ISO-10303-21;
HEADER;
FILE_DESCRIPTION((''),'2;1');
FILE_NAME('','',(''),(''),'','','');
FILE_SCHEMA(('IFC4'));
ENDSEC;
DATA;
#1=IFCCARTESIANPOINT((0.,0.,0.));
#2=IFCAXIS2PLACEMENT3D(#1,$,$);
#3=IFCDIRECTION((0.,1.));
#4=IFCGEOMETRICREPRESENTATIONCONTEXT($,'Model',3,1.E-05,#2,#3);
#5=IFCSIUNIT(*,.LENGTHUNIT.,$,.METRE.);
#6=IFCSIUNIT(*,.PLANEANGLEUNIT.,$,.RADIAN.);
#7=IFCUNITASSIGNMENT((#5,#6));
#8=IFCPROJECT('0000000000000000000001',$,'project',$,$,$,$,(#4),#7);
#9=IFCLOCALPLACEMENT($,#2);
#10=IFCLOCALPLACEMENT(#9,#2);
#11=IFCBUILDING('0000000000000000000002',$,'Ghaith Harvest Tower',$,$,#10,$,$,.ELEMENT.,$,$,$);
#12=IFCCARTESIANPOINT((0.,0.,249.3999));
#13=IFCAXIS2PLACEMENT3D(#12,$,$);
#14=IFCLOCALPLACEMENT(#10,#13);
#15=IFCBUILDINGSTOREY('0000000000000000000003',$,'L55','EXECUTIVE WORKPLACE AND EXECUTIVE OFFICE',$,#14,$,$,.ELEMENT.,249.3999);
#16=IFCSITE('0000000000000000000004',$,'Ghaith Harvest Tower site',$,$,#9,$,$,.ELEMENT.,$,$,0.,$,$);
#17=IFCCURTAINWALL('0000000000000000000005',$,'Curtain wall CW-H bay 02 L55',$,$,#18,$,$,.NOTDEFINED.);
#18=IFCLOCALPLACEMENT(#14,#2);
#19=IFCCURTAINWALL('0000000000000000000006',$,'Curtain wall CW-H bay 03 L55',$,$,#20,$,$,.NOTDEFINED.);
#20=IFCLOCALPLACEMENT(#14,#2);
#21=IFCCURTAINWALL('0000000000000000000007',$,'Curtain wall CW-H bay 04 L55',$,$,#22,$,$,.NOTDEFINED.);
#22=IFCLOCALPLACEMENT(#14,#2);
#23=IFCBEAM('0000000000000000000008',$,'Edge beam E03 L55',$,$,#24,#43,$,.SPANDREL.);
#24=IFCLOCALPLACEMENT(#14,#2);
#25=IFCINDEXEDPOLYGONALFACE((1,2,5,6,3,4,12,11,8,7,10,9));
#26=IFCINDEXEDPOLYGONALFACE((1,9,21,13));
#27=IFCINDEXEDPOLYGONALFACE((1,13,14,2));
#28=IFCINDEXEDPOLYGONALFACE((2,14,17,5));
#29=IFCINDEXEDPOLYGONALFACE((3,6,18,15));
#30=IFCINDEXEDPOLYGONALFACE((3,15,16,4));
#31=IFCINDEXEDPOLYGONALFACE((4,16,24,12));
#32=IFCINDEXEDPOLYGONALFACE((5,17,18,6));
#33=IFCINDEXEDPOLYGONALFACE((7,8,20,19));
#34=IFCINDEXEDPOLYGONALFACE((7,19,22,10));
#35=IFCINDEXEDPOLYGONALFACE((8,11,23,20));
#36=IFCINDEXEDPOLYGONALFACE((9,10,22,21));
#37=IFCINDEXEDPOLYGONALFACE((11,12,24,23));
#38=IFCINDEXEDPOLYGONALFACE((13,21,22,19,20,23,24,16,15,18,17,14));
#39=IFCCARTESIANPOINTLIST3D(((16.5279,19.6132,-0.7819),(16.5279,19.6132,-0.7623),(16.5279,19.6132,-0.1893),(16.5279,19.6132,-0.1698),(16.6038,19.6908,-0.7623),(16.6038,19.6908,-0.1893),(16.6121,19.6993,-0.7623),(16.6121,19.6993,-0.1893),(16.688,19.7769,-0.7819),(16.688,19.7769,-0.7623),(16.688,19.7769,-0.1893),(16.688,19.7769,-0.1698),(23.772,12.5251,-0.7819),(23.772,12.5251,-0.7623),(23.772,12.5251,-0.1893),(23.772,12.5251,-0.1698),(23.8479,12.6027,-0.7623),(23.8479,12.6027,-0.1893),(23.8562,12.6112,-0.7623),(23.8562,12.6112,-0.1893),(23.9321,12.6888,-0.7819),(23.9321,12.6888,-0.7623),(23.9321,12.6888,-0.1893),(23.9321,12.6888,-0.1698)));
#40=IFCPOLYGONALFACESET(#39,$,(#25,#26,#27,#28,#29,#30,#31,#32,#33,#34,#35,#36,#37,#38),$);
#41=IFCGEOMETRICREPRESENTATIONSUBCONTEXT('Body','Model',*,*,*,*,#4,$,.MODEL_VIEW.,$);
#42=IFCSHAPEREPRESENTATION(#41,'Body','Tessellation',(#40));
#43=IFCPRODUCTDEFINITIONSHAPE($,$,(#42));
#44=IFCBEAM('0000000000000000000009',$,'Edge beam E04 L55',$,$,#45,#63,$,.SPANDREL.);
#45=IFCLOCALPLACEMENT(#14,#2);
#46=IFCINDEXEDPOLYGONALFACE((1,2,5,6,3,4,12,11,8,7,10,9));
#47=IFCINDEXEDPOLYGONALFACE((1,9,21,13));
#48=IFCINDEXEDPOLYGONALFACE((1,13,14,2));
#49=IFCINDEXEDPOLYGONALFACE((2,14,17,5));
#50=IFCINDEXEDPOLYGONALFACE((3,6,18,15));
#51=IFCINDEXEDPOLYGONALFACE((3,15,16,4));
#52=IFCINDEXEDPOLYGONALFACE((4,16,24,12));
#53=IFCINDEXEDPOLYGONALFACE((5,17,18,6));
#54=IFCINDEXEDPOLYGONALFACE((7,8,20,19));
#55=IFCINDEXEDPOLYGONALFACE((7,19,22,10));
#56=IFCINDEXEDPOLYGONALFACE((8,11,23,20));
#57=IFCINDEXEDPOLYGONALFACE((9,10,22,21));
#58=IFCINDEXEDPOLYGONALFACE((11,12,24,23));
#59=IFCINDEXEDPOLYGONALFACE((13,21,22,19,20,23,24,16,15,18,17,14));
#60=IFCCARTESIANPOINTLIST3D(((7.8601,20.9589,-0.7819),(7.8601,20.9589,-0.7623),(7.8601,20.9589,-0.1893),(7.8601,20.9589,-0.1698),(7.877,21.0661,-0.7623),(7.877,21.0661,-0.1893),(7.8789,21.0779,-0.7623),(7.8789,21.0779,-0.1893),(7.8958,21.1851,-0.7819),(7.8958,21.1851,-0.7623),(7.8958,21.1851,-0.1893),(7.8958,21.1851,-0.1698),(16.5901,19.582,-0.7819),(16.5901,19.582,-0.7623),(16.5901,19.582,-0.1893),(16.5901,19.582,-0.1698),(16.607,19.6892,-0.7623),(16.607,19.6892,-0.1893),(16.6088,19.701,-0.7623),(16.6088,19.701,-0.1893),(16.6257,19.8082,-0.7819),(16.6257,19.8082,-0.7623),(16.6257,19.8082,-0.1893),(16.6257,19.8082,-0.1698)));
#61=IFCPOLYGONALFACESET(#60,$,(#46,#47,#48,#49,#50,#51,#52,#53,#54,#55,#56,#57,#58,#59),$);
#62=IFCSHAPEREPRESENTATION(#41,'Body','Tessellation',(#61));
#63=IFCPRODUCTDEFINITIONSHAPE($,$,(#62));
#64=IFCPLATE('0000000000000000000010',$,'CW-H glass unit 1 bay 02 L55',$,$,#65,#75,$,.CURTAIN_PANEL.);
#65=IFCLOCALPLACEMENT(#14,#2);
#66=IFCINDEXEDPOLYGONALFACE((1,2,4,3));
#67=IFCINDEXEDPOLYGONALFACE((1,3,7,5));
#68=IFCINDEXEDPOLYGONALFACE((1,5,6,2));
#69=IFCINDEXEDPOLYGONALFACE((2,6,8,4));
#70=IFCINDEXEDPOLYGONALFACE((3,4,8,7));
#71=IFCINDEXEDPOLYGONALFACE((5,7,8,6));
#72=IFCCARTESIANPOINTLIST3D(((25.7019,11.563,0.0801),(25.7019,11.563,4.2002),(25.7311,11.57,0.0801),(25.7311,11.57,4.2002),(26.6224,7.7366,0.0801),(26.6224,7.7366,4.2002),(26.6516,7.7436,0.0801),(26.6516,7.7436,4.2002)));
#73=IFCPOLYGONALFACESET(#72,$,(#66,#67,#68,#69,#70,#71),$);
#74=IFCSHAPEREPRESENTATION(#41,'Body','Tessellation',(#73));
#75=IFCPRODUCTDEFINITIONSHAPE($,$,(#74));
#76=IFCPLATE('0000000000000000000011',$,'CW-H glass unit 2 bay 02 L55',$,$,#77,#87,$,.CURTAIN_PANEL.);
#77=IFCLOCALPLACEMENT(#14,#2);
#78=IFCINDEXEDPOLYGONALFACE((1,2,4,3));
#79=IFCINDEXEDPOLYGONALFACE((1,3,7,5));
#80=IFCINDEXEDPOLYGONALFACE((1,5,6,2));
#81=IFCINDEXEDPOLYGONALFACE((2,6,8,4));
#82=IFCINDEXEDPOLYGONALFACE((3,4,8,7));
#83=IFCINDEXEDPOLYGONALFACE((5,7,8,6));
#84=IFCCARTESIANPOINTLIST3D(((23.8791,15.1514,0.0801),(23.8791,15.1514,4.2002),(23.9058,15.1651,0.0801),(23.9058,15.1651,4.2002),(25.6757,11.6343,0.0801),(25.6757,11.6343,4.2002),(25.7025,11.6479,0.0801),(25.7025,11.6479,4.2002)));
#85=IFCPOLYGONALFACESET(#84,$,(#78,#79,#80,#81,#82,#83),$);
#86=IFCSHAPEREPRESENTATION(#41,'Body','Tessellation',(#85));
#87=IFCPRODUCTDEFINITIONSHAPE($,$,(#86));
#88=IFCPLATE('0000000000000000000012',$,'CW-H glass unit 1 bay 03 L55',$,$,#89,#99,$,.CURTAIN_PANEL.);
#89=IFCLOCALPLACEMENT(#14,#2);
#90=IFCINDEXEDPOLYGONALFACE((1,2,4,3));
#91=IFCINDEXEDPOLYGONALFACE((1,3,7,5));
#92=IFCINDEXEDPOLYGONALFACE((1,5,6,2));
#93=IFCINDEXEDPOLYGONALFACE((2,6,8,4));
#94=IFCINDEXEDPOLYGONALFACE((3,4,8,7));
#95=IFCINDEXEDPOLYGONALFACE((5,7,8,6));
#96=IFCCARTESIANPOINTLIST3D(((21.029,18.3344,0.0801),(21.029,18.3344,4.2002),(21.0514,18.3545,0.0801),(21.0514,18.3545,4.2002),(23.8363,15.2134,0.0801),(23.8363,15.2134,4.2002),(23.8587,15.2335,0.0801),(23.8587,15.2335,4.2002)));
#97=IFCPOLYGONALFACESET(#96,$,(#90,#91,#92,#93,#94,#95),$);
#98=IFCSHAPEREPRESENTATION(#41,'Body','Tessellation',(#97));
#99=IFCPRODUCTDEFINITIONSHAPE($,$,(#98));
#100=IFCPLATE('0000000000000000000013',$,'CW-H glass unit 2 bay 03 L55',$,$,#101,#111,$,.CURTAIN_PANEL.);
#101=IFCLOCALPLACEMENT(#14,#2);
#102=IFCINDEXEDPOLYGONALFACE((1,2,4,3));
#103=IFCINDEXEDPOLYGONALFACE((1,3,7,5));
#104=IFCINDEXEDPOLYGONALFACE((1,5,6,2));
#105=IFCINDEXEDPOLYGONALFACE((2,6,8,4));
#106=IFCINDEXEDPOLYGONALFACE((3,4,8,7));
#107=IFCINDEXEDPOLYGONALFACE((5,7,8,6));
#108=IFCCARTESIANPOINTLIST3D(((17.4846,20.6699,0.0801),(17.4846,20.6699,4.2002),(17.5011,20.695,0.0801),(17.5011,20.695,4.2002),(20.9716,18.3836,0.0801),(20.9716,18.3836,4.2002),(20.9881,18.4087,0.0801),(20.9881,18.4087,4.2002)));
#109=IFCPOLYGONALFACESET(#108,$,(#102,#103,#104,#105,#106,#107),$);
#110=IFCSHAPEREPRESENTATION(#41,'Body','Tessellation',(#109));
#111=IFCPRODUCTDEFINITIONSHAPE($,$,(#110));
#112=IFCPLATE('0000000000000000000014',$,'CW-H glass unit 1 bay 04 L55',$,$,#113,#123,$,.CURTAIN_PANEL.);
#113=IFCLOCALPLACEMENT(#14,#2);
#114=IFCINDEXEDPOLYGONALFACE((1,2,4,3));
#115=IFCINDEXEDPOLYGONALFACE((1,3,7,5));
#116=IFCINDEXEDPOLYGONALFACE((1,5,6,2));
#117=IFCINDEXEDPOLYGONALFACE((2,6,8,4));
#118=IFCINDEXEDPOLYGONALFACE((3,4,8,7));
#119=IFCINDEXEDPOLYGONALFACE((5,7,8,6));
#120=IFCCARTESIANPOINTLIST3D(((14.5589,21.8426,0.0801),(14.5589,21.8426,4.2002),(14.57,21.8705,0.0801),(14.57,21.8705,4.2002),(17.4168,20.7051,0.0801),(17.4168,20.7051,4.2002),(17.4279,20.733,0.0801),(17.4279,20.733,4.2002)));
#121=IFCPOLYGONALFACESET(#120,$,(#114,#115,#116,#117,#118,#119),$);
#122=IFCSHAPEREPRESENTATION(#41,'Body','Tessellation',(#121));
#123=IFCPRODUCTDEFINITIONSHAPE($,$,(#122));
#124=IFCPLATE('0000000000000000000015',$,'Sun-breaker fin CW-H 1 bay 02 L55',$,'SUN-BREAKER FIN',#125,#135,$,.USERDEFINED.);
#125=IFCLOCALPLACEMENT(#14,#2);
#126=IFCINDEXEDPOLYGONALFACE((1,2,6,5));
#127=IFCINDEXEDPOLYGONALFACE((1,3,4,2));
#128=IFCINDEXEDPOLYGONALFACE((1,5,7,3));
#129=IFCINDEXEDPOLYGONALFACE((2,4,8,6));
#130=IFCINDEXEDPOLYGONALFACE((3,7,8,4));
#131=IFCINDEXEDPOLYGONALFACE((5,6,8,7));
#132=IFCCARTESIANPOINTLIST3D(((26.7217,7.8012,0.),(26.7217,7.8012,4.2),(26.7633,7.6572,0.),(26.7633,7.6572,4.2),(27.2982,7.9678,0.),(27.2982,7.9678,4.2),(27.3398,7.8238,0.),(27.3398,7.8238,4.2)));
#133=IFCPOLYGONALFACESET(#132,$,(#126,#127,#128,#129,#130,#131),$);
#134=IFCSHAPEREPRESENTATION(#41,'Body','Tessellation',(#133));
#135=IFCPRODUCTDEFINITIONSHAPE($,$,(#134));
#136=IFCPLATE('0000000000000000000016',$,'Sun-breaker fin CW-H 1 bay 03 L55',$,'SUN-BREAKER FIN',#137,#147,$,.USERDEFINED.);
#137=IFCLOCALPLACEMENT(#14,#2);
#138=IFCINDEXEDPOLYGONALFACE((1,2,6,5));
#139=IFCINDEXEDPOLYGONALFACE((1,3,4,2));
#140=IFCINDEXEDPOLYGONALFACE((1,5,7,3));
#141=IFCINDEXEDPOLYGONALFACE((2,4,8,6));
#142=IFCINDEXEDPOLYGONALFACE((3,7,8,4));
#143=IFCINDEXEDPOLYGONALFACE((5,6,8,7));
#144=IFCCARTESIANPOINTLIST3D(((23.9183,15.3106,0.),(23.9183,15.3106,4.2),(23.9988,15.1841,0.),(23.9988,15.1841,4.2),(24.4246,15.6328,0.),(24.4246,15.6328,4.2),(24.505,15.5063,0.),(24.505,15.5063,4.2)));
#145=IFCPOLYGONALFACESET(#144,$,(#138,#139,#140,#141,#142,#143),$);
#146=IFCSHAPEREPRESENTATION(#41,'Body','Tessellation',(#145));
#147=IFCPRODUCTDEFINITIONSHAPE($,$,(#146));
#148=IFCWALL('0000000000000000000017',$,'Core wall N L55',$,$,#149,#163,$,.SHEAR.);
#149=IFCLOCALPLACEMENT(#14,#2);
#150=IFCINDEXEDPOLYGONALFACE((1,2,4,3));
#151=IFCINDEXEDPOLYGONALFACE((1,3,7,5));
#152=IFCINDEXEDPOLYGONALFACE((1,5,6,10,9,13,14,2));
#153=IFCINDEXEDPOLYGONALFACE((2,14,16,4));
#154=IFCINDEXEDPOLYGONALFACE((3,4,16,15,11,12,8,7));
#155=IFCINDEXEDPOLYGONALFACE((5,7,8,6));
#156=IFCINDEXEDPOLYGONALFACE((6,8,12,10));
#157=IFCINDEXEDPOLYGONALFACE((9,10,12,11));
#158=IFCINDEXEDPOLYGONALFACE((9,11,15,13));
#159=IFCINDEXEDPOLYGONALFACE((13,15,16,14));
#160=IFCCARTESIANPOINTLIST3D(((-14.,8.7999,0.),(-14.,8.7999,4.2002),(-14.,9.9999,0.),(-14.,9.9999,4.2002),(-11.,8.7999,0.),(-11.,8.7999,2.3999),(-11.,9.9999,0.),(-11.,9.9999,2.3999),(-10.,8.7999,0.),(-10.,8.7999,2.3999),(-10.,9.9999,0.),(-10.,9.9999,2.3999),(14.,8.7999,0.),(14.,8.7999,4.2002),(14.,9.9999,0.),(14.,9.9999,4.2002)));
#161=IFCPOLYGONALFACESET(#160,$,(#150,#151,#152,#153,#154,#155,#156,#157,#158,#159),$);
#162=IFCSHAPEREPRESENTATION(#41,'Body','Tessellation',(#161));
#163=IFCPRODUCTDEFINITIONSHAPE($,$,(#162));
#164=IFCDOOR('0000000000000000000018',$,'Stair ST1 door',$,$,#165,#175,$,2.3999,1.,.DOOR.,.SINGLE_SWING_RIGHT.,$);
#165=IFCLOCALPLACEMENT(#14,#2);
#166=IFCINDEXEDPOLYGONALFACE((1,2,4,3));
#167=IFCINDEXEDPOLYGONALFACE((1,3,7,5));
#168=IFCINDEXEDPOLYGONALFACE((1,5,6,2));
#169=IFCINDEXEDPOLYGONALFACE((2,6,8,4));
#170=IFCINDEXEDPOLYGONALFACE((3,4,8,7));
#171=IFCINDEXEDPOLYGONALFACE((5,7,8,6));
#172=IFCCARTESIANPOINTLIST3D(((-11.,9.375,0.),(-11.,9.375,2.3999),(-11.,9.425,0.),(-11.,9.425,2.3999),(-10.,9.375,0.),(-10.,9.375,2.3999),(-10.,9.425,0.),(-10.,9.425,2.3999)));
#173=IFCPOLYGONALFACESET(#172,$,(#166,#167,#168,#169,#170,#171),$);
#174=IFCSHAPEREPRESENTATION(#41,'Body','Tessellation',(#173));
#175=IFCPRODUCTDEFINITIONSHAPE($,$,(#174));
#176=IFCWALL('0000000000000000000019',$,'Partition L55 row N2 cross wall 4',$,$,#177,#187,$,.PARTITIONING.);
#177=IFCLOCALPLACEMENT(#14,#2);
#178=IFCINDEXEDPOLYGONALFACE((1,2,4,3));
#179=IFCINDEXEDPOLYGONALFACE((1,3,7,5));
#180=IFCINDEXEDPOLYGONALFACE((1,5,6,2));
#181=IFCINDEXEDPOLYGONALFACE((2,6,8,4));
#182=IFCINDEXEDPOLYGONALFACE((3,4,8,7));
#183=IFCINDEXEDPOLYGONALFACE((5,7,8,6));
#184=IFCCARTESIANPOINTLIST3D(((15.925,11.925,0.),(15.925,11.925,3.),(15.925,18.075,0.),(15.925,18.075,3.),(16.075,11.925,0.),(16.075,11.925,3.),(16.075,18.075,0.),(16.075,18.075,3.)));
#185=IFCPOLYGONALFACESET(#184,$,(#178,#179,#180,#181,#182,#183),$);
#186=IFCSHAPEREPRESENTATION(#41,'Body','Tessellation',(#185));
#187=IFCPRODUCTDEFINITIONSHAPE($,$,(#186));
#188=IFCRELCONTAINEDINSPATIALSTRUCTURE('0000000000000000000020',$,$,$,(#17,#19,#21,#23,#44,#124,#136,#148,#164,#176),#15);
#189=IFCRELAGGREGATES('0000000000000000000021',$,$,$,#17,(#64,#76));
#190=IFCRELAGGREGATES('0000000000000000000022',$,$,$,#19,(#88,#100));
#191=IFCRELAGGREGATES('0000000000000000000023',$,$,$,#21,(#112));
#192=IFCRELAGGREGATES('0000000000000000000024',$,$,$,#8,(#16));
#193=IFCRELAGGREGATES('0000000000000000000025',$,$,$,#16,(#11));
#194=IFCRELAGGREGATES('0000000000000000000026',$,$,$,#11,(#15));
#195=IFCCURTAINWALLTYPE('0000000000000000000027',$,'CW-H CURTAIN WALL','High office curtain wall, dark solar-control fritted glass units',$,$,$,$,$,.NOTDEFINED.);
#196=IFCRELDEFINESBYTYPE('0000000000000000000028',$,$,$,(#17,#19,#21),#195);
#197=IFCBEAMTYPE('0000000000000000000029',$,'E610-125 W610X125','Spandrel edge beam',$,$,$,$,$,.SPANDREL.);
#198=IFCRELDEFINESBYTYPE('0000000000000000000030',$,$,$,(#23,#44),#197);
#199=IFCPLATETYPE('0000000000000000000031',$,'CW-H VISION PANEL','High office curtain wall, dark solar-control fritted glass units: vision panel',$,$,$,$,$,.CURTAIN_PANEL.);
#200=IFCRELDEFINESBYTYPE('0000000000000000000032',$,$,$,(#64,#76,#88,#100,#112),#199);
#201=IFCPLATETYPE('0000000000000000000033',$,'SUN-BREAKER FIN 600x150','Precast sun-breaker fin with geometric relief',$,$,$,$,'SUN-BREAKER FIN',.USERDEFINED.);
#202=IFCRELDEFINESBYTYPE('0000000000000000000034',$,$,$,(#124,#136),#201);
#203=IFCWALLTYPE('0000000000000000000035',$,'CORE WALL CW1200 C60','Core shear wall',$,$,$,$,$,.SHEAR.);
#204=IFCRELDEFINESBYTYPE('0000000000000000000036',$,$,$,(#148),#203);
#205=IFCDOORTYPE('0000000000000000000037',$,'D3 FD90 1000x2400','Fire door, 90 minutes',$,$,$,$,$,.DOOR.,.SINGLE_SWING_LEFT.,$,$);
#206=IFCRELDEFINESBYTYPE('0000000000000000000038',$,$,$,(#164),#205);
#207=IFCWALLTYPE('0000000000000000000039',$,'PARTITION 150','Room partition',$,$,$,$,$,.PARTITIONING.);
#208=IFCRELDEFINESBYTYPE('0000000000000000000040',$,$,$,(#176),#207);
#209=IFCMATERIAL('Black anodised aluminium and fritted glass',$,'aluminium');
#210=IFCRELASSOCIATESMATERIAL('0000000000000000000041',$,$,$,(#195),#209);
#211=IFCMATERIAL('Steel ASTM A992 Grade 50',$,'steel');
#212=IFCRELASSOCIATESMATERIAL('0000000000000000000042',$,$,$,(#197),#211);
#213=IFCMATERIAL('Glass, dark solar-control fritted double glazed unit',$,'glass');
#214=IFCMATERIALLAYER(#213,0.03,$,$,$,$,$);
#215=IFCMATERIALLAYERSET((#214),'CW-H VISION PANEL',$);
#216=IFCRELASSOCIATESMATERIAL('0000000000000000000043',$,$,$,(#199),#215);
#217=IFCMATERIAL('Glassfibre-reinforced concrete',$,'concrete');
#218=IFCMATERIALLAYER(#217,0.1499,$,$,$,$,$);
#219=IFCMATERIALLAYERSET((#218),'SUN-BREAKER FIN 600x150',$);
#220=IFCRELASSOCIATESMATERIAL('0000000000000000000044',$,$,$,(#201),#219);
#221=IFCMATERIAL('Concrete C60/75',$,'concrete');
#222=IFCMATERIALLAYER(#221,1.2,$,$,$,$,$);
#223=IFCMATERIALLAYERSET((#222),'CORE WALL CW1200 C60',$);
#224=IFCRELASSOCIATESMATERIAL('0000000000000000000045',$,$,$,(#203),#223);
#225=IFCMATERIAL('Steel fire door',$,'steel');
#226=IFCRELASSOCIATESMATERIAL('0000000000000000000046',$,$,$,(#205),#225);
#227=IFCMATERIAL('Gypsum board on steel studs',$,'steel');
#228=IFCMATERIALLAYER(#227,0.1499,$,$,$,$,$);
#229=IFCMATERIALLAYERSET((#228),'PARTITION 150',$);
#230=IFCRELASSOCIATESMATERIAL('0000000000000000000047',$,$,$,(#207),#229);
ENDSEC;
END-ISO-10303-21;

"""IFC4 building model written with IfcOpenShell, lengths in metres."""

from ifc_helpers import new_model, si_unit, direction, frame, frame_2d, origin, origin_2d, place, context, subcontext, project, spatial, rectangle, i_section, extrude, material, layer, layer_set, material_profile, profile_set, type_object, element, fill, aggregate, save


model = new_model("IFC4")

# Units and contexts
model_context = context("Model", 3, precision=1e-05, world=origin(), true_north=direction((0.0, 1.0)))
body_context = subcontext(model_context, "Body", "Model", "MODEL_VIEW")
ifc_project = project(units=[si_unit("LENGTHUNIT", "METRE"), si_unit("PLANEANGLEUNIT", "RADIAN")], contexts=[model_context])

# Site, building, storey
site_placement = place(None, origin())
site = spatial("IfcSite", under=ifc_project, at=site_placement, Name="Ghaith Harvest Tower site", CompositionType="ELEMENT", RefElevation=0.0)
building_placement = place(site_placement, origin())
building = spatial("IfcBuilding", under=site, at=building_placement, Name="Ghaith Harvest Tower", CompositionType="ELEMENT")
storey_placement = place(building_placement, frame((0.0, 0.0, 249.3999)))
storey = spatial("IfcBuildingStorey", under=building, at=storey_placement, Name="L55", Description="EXECUTIVE WORKPLACE AND EXECUTIVE OFFICE", CompositionType="ELEMENT", Elevation=249.3999)

# Curtain wall
ifc_material_1 = material(Name="Black anodised aluminium and fritted glass", Category="aluminium")
curtain_wall_type = type_object("IfcCurtainWallType", Name="CW-H CURTAIN WALL", Description="High office curtain wall, dark solar-control fritted glass units", PredefinedType="NOTDEFINED", material=ifc_material_1)
curtain_wall_1_placement = place(storey_placement, origin())
curtain_wall_1 = element("IfcCurtainWall", 1, at=curtain_wall_1_placement, inside=storey, type_object=curtain_wall_type, Name="Curtain wall CW-H bay 02 L55", PredefinedType="NOTDEFINED")

# Curtain walls
curtain_wall_2_placement = place(storey_placement, origin())
curtain_wall_2 = element("IfcCurtainWall", 2, at=curtain_wall_2_placement, inside=storey, type_object=curtain_wall_type, Name="Curtain wall CW-H bay 03 L55", PredefinedType="NOTDEFINED")
curtain_wall_3_placement = place(storey_placement, origin())
curtain_wall_3 = element("IfcCurtainWall", 3, at=curtain_wall_3_placement, inside=storey, type_object=curtain_wall_type, Name="Curtain wall CW-H bay 04 L55", PredefinedType="NOTDEFINED")

# Beams
ifc_material_2 = material(Name="Steel ASTM A992 Grade 50", Category="steel")
ifc_material_profile_1 = material_profile(ifc_material_2, i_section(OverallWidth=0.229, OverallDepth=0.6121, WebThickness=0.012, FlangeThickness=0.0195, at=origin_2d()), Name="W610X125")
ifc_profile_set_1 = profile_set([ifc_material_profile_1], Name="Steel ASTM A992 Grade 50")
beam_type = type_object("IfcBeamType", Name="E610-125 W610X125", Description="Spandrel edge beam", PredefinedType="SPANDREL", material=ifc_profile_set_1)
beam_1_placement = place(storey_placement, frame((23.8521, 12.6069, -0.4758), z_axis=(-0.714761, 0.699369, 0.0), x_axis=(-0.699369, -0.714761, 0.0)))
element("IfcBeam", 4, at=beam_1_placement, inside=storey, type_object=beam_type, Name="Edge beam E03 L55", PredefinedType="SPANDREL", context=body_context, shape_type="SweptSolid", body=[
    extrude(i_section(OverallWidth=0.229, OverallDepth=0.6121, WebThickness=0.012, FlangeThickness=0.0195, at=origin_2d()), origin(), (0.0, 0.0, 1.0), 10.135),
])
beam_2_placement = place(storey_placement, frame((16.6079, 19.6951, -0.4758), z_axis=(-0.987788, 0.155801, 0.0), x_axis=(-0.155801, -0.987788, 0.0)))
element("IfcBeam", 5, at=beam_2_placement, inside=storey, type_object=beam_type, Name="Edge beam E04 L55", PredefinedType="SPANDREL", context=body_context, shape_type="SweptSolid", body=[
    extrude(i_section(OverallWidth=0.229, OverallDepth=0.6121, WebThickness=0.012, FlangeThickness=0.0195, at=origin_2d()), origin(), (0.0, 0.0, 1.0), 8.8379),
])

# Plates
ifc_material_3 = material(Name="Glass, dark solar-control fritted double glazed unit", Category="glass")
ifc_layer_1 = layer(ifc_material_3, 0.03)
ifc_layer_set_1 = layer_set([ifc_layer_1], Name="CW-H VISION PANEL")
plate_type_1 = type_object("IfcPlateType", Name="CW-H VISION PANEL", Description="High office curtain wall, dark solar-control fritted glass units: vision panel", PredefinedType="CURTAIN_PANEL", material=ifc_layer_set_1)
plate_1_placement = place(storey_placement, frame((26.1768, 9.6533, 0.0801), z_axis=(0.0, 0.0, 1.0), x_axis=(-0.233894, 0.972262, 0.0)))
plate_1 = element("IfcPlate", 6, at=plate_1_placement, type_object=plate_type_1, Name="CW-H glass unit 1 bay 02 L55", PredefinedType="CURTAIN_PANEL", context=body_context, shape_type="SweptSolid", body=[
    extrude(rectangle(XDim=3.9355, YDim=0.03, at=origin_2d()), origin(), (0.0, 0.0, 1.0), 4.1201),
])
plate_2_placement = place(storey_placement, frame((24.7908, 13.3997, 0.0801), z_axis=(0.0, 0.0, 1.0), x_axis=(-0.454915, 0.890535, 0.0)))
plate_2 = element("IfcPlate", 7, at=plate_2_placement, type_object=plate_type_1, Name="CW-H glass unit 2 bay 02 L55", PredefinedType="CURTAIN_PANEL", context=body_context, shape_type="SweptSolid", body=[
    extrude(rectangle(XDim=3.9495, YDim=0.03, at=origin_2d()), origin(), (0.0, 0.0, 1.0), 4.1201),
])
aggregate(curtain_wall_1, [plate_1, plate_2])
plate_3_placement = place(storey_placement, frame((22.4438, 16.7839, 0.0801), z_axis=(0.0, 0.0, 1.0), x_axis=(-0.668758, 0.74348, 0.0)))
plate_3 = element("IfcPlate", 8, at=plate_3_placement, type_object=plate_type_1, Name="CW-H glass unit 1 bay 03 L55", PredefinedType="CURTAIN_PANEL", context=body_context, shape_type="SweptSolid", body=[
    extrude(rectangle(XDim=4.1978, YDim=0.03, at=origin_2d()), origin(), (0.0, 0.0, 1.0), 4.1201),
])
plate_4_placement = place(storey_placement, frame((19.2363, 19.5393, 0.0801), z_axis=(0.0, 0.0, 1.0), x_axis=(-0.836277, 0.548308, 0.0)))
plate_4 = element("IfcPlate", 9, at=plate_4_placement, type_object=plate_type_1, Name="CW-H glass unit 2 bay 03 L55", PredefinedType="CURTAIN_PANEL", context=body_context, shape_type="SweptSolid", body=[
    extrude(rectangle(XDim=4.1697, YDim=0.03, at=origin_2d()), origin(), (0.0, 0.0, 1.0), 4.1201),
])
aggregate(curtain_wall_2, [plate_3, plate_4])
plate_5_placement = place(storey_placement, frame((15.9934, 21.2878, 0.0801), z_axis=(0.0, 0.0, 1.0), x_axis=(-0.929107, 0.36981, 0.0)))
plate_5 = element("IfcPlate", 10, at=plate_5_placement, type_object=plate_type_1, Name="CW-H glass unit 1 bay 04 L55", PredefinedType="CURTAIN_PANEL", context=body_context, shape_type="SweptSolid", body=[
    extrude(rectangle(XDim=3.0759, YDim=0.03, at=origin_2d()), origin(), (0.0, 0.0, 1.0), 4.1201),
])
aggregate(curtain_wall_3, [plate_5])

# Plates
ifc_material_4 = material(Name="Glassfibre-reinforced concrete", Category="concrete")
ifc_layer_2 = layer(ifc_material_4, 0.1499)
ifc_layer_set_2 = layer_set([ifc_layer_2], Name="SUN-BREAKER FIN 600x150")
plate_type_2 = type_object("IfcPlateType", Name="SUN-BREAKER FIN 600x150", Description="Precast sun-breaker fin with geometric relief", ElementType="SUN-BREAKER FIN", PredefinedType="USERDEFINED", material=ifc_layer_set_2)
for number, where, z_axis, x_axis, name in (
    (11, (27.0308, 7.8125, 0.0), (0.0, 0.0, 1.0), (0.96068, 0.277657, 0.0), "Sun-breaker fin CW-H 1 bay 02 L55"),
    (12, (24.2117, 15.4084, 0.0), (0.0, 0.0, 1.0), (0.843644, 0.536903, 0.0), "Sun-breaker fin CW-H 1 bay 03 L55"),
):
    element("IfcPlate", number, at=place(storey_placement, frame(where, z_axis=z_axis, x_axis=x_axis)), inside=storey, type_object=plate_type_2, Name=name, ObjectType="SUN-BREAKER FIN", PredefinedType="USERDEFINED", context=body_context, shape_type="SweptSolid", body=[
        extrude(rectangle(XDim=0.6001, YDim=0.1499, at=origin_2d()), origin(), (0.0, 0.0, 1.0), 4.2),
    ])

# Wall, opening, door
ifc_material_5 = material(Name="Concrete C60/75", Category="concrete")
ifc_layer_3 = layer(ifc_material_5, 1.2)
ifc_layer_set_3 = layer_set([ifc_layer_3], Name="CORE WALL CW1200 C60")
wall_type_1 = type_object("IfcWallType", Name="CORE WALL CW1200 C60", Description="Core shear wall", PredefinedType="SHEAR", material=ifc_layer_set_3)
wall_1_placement = place(storey_placement, frame((14.0, 9.3999, 0.0), z_axis=(0.0, 0.0, 1.0), x_axis=(-1.0, 0.0, 0.0)))
wall_1 = element("IfcWall", 13, at=wall_1_placement, inside=storey, type_object=wall_type_1, Name="Core wall N L55", PredefinedType="SHEAR", context=body_context, shape_type="SweptSolid", body=[
    extrude(rectangle(XDim=28.0, YDim=1.2, at=frame_2d((14.0, 0.0))), origin(), (0.0, 0.0, 1.0), 4.2002),
])
opening_placement = place(wall_1_placement, frame((24.0, 0.0, 0.0)))
opening = element("IfcOpeningElement", 14, at=opening_placement, cuts=wall_1, PredefinedType="OPENING", context=body_context, shape_type="SweptSolid", body=[
    extrude(rectangle(XDim=1.0, YDim=2.3999, at=frame_2d((0.5, 1.2))), frame((0.0, 0.6099, 0.0), z_axis=(0.0, -1.0, 0.0), x_axis=(1.0, 0.0, 0.0)), (0.0, 0.0, 1.0), 1.22),
])
ifc_material_6 = material(Name="Steel fire door", Category="steel")
door_type = type_object("IfcDoorType", Name="D3 FD90 1000x2400", Description="Fire door, 90 minutes", OperationType="SINGLE_SWING_LEFT", PredefinedType="DOOR", material=ifc_material_6)
door_placement = place(opening_placement, origin())
door = element("IfcDoor", 15, at=door_placement, inside=storey, type_object=door_type, Name="Stair ST1 door", OperationType="SINGLE_SWING_RIGHT", OverallHeight=2.3999, OverallWidth=1.0, PredefinedType="DOOR", context=body_context, shape_type="SweptSolid", body=[
    extrude(rectangle(XDim=1.0, YDim=2.3999, at=frame_2d((0.5, 1.2))), frame((0.0, 0.0249, 0.0), z_axis=(0.0, -1.0, 0.0), x_axis=(1.0, 0.0, 0.0)), (0.0, 0.0, 1.0), 0.05),
])
fill(opening, door)

# Wall
ifc_material_7 = material(Name="Gypsum board on steel studs", Category="steel")
ifc_layer_4 = layer(ifc_material_7, 0.1499)
ifc_layer_set_4 = layer_set([ifc_layer_4], Name="PARTITION 150")
wall_type_2 = type_object("IfcWallType", Name="PARTITION 150", Description="Room partition", PredefinedType="PARTITIONING", material=ifc_layer_set_4)
wall_2_placement = place(storey_placement, frame((16.0, 11.925, 0.0), z_axis=(0.0, 0.0, 1.0), x_axis=(0.0, 1.0, 0.0)))
element("IfcWall", 16, at=wall_2_placement, inside=storey, type_object=wall_type_2, Name="Partition L55 row N2 cross wall 4", PredefinedType="PARTITIONING", context=body_context, shape_type="SweptSolid", body=[
    extrude(rectangle(XDim=6.1499, YDim=0.1499, at=frame_2d((3.075, 0.0))), origin(), (0.0, 0.0, 1.0), 3.0),
])

save(model, "model.ifc")
